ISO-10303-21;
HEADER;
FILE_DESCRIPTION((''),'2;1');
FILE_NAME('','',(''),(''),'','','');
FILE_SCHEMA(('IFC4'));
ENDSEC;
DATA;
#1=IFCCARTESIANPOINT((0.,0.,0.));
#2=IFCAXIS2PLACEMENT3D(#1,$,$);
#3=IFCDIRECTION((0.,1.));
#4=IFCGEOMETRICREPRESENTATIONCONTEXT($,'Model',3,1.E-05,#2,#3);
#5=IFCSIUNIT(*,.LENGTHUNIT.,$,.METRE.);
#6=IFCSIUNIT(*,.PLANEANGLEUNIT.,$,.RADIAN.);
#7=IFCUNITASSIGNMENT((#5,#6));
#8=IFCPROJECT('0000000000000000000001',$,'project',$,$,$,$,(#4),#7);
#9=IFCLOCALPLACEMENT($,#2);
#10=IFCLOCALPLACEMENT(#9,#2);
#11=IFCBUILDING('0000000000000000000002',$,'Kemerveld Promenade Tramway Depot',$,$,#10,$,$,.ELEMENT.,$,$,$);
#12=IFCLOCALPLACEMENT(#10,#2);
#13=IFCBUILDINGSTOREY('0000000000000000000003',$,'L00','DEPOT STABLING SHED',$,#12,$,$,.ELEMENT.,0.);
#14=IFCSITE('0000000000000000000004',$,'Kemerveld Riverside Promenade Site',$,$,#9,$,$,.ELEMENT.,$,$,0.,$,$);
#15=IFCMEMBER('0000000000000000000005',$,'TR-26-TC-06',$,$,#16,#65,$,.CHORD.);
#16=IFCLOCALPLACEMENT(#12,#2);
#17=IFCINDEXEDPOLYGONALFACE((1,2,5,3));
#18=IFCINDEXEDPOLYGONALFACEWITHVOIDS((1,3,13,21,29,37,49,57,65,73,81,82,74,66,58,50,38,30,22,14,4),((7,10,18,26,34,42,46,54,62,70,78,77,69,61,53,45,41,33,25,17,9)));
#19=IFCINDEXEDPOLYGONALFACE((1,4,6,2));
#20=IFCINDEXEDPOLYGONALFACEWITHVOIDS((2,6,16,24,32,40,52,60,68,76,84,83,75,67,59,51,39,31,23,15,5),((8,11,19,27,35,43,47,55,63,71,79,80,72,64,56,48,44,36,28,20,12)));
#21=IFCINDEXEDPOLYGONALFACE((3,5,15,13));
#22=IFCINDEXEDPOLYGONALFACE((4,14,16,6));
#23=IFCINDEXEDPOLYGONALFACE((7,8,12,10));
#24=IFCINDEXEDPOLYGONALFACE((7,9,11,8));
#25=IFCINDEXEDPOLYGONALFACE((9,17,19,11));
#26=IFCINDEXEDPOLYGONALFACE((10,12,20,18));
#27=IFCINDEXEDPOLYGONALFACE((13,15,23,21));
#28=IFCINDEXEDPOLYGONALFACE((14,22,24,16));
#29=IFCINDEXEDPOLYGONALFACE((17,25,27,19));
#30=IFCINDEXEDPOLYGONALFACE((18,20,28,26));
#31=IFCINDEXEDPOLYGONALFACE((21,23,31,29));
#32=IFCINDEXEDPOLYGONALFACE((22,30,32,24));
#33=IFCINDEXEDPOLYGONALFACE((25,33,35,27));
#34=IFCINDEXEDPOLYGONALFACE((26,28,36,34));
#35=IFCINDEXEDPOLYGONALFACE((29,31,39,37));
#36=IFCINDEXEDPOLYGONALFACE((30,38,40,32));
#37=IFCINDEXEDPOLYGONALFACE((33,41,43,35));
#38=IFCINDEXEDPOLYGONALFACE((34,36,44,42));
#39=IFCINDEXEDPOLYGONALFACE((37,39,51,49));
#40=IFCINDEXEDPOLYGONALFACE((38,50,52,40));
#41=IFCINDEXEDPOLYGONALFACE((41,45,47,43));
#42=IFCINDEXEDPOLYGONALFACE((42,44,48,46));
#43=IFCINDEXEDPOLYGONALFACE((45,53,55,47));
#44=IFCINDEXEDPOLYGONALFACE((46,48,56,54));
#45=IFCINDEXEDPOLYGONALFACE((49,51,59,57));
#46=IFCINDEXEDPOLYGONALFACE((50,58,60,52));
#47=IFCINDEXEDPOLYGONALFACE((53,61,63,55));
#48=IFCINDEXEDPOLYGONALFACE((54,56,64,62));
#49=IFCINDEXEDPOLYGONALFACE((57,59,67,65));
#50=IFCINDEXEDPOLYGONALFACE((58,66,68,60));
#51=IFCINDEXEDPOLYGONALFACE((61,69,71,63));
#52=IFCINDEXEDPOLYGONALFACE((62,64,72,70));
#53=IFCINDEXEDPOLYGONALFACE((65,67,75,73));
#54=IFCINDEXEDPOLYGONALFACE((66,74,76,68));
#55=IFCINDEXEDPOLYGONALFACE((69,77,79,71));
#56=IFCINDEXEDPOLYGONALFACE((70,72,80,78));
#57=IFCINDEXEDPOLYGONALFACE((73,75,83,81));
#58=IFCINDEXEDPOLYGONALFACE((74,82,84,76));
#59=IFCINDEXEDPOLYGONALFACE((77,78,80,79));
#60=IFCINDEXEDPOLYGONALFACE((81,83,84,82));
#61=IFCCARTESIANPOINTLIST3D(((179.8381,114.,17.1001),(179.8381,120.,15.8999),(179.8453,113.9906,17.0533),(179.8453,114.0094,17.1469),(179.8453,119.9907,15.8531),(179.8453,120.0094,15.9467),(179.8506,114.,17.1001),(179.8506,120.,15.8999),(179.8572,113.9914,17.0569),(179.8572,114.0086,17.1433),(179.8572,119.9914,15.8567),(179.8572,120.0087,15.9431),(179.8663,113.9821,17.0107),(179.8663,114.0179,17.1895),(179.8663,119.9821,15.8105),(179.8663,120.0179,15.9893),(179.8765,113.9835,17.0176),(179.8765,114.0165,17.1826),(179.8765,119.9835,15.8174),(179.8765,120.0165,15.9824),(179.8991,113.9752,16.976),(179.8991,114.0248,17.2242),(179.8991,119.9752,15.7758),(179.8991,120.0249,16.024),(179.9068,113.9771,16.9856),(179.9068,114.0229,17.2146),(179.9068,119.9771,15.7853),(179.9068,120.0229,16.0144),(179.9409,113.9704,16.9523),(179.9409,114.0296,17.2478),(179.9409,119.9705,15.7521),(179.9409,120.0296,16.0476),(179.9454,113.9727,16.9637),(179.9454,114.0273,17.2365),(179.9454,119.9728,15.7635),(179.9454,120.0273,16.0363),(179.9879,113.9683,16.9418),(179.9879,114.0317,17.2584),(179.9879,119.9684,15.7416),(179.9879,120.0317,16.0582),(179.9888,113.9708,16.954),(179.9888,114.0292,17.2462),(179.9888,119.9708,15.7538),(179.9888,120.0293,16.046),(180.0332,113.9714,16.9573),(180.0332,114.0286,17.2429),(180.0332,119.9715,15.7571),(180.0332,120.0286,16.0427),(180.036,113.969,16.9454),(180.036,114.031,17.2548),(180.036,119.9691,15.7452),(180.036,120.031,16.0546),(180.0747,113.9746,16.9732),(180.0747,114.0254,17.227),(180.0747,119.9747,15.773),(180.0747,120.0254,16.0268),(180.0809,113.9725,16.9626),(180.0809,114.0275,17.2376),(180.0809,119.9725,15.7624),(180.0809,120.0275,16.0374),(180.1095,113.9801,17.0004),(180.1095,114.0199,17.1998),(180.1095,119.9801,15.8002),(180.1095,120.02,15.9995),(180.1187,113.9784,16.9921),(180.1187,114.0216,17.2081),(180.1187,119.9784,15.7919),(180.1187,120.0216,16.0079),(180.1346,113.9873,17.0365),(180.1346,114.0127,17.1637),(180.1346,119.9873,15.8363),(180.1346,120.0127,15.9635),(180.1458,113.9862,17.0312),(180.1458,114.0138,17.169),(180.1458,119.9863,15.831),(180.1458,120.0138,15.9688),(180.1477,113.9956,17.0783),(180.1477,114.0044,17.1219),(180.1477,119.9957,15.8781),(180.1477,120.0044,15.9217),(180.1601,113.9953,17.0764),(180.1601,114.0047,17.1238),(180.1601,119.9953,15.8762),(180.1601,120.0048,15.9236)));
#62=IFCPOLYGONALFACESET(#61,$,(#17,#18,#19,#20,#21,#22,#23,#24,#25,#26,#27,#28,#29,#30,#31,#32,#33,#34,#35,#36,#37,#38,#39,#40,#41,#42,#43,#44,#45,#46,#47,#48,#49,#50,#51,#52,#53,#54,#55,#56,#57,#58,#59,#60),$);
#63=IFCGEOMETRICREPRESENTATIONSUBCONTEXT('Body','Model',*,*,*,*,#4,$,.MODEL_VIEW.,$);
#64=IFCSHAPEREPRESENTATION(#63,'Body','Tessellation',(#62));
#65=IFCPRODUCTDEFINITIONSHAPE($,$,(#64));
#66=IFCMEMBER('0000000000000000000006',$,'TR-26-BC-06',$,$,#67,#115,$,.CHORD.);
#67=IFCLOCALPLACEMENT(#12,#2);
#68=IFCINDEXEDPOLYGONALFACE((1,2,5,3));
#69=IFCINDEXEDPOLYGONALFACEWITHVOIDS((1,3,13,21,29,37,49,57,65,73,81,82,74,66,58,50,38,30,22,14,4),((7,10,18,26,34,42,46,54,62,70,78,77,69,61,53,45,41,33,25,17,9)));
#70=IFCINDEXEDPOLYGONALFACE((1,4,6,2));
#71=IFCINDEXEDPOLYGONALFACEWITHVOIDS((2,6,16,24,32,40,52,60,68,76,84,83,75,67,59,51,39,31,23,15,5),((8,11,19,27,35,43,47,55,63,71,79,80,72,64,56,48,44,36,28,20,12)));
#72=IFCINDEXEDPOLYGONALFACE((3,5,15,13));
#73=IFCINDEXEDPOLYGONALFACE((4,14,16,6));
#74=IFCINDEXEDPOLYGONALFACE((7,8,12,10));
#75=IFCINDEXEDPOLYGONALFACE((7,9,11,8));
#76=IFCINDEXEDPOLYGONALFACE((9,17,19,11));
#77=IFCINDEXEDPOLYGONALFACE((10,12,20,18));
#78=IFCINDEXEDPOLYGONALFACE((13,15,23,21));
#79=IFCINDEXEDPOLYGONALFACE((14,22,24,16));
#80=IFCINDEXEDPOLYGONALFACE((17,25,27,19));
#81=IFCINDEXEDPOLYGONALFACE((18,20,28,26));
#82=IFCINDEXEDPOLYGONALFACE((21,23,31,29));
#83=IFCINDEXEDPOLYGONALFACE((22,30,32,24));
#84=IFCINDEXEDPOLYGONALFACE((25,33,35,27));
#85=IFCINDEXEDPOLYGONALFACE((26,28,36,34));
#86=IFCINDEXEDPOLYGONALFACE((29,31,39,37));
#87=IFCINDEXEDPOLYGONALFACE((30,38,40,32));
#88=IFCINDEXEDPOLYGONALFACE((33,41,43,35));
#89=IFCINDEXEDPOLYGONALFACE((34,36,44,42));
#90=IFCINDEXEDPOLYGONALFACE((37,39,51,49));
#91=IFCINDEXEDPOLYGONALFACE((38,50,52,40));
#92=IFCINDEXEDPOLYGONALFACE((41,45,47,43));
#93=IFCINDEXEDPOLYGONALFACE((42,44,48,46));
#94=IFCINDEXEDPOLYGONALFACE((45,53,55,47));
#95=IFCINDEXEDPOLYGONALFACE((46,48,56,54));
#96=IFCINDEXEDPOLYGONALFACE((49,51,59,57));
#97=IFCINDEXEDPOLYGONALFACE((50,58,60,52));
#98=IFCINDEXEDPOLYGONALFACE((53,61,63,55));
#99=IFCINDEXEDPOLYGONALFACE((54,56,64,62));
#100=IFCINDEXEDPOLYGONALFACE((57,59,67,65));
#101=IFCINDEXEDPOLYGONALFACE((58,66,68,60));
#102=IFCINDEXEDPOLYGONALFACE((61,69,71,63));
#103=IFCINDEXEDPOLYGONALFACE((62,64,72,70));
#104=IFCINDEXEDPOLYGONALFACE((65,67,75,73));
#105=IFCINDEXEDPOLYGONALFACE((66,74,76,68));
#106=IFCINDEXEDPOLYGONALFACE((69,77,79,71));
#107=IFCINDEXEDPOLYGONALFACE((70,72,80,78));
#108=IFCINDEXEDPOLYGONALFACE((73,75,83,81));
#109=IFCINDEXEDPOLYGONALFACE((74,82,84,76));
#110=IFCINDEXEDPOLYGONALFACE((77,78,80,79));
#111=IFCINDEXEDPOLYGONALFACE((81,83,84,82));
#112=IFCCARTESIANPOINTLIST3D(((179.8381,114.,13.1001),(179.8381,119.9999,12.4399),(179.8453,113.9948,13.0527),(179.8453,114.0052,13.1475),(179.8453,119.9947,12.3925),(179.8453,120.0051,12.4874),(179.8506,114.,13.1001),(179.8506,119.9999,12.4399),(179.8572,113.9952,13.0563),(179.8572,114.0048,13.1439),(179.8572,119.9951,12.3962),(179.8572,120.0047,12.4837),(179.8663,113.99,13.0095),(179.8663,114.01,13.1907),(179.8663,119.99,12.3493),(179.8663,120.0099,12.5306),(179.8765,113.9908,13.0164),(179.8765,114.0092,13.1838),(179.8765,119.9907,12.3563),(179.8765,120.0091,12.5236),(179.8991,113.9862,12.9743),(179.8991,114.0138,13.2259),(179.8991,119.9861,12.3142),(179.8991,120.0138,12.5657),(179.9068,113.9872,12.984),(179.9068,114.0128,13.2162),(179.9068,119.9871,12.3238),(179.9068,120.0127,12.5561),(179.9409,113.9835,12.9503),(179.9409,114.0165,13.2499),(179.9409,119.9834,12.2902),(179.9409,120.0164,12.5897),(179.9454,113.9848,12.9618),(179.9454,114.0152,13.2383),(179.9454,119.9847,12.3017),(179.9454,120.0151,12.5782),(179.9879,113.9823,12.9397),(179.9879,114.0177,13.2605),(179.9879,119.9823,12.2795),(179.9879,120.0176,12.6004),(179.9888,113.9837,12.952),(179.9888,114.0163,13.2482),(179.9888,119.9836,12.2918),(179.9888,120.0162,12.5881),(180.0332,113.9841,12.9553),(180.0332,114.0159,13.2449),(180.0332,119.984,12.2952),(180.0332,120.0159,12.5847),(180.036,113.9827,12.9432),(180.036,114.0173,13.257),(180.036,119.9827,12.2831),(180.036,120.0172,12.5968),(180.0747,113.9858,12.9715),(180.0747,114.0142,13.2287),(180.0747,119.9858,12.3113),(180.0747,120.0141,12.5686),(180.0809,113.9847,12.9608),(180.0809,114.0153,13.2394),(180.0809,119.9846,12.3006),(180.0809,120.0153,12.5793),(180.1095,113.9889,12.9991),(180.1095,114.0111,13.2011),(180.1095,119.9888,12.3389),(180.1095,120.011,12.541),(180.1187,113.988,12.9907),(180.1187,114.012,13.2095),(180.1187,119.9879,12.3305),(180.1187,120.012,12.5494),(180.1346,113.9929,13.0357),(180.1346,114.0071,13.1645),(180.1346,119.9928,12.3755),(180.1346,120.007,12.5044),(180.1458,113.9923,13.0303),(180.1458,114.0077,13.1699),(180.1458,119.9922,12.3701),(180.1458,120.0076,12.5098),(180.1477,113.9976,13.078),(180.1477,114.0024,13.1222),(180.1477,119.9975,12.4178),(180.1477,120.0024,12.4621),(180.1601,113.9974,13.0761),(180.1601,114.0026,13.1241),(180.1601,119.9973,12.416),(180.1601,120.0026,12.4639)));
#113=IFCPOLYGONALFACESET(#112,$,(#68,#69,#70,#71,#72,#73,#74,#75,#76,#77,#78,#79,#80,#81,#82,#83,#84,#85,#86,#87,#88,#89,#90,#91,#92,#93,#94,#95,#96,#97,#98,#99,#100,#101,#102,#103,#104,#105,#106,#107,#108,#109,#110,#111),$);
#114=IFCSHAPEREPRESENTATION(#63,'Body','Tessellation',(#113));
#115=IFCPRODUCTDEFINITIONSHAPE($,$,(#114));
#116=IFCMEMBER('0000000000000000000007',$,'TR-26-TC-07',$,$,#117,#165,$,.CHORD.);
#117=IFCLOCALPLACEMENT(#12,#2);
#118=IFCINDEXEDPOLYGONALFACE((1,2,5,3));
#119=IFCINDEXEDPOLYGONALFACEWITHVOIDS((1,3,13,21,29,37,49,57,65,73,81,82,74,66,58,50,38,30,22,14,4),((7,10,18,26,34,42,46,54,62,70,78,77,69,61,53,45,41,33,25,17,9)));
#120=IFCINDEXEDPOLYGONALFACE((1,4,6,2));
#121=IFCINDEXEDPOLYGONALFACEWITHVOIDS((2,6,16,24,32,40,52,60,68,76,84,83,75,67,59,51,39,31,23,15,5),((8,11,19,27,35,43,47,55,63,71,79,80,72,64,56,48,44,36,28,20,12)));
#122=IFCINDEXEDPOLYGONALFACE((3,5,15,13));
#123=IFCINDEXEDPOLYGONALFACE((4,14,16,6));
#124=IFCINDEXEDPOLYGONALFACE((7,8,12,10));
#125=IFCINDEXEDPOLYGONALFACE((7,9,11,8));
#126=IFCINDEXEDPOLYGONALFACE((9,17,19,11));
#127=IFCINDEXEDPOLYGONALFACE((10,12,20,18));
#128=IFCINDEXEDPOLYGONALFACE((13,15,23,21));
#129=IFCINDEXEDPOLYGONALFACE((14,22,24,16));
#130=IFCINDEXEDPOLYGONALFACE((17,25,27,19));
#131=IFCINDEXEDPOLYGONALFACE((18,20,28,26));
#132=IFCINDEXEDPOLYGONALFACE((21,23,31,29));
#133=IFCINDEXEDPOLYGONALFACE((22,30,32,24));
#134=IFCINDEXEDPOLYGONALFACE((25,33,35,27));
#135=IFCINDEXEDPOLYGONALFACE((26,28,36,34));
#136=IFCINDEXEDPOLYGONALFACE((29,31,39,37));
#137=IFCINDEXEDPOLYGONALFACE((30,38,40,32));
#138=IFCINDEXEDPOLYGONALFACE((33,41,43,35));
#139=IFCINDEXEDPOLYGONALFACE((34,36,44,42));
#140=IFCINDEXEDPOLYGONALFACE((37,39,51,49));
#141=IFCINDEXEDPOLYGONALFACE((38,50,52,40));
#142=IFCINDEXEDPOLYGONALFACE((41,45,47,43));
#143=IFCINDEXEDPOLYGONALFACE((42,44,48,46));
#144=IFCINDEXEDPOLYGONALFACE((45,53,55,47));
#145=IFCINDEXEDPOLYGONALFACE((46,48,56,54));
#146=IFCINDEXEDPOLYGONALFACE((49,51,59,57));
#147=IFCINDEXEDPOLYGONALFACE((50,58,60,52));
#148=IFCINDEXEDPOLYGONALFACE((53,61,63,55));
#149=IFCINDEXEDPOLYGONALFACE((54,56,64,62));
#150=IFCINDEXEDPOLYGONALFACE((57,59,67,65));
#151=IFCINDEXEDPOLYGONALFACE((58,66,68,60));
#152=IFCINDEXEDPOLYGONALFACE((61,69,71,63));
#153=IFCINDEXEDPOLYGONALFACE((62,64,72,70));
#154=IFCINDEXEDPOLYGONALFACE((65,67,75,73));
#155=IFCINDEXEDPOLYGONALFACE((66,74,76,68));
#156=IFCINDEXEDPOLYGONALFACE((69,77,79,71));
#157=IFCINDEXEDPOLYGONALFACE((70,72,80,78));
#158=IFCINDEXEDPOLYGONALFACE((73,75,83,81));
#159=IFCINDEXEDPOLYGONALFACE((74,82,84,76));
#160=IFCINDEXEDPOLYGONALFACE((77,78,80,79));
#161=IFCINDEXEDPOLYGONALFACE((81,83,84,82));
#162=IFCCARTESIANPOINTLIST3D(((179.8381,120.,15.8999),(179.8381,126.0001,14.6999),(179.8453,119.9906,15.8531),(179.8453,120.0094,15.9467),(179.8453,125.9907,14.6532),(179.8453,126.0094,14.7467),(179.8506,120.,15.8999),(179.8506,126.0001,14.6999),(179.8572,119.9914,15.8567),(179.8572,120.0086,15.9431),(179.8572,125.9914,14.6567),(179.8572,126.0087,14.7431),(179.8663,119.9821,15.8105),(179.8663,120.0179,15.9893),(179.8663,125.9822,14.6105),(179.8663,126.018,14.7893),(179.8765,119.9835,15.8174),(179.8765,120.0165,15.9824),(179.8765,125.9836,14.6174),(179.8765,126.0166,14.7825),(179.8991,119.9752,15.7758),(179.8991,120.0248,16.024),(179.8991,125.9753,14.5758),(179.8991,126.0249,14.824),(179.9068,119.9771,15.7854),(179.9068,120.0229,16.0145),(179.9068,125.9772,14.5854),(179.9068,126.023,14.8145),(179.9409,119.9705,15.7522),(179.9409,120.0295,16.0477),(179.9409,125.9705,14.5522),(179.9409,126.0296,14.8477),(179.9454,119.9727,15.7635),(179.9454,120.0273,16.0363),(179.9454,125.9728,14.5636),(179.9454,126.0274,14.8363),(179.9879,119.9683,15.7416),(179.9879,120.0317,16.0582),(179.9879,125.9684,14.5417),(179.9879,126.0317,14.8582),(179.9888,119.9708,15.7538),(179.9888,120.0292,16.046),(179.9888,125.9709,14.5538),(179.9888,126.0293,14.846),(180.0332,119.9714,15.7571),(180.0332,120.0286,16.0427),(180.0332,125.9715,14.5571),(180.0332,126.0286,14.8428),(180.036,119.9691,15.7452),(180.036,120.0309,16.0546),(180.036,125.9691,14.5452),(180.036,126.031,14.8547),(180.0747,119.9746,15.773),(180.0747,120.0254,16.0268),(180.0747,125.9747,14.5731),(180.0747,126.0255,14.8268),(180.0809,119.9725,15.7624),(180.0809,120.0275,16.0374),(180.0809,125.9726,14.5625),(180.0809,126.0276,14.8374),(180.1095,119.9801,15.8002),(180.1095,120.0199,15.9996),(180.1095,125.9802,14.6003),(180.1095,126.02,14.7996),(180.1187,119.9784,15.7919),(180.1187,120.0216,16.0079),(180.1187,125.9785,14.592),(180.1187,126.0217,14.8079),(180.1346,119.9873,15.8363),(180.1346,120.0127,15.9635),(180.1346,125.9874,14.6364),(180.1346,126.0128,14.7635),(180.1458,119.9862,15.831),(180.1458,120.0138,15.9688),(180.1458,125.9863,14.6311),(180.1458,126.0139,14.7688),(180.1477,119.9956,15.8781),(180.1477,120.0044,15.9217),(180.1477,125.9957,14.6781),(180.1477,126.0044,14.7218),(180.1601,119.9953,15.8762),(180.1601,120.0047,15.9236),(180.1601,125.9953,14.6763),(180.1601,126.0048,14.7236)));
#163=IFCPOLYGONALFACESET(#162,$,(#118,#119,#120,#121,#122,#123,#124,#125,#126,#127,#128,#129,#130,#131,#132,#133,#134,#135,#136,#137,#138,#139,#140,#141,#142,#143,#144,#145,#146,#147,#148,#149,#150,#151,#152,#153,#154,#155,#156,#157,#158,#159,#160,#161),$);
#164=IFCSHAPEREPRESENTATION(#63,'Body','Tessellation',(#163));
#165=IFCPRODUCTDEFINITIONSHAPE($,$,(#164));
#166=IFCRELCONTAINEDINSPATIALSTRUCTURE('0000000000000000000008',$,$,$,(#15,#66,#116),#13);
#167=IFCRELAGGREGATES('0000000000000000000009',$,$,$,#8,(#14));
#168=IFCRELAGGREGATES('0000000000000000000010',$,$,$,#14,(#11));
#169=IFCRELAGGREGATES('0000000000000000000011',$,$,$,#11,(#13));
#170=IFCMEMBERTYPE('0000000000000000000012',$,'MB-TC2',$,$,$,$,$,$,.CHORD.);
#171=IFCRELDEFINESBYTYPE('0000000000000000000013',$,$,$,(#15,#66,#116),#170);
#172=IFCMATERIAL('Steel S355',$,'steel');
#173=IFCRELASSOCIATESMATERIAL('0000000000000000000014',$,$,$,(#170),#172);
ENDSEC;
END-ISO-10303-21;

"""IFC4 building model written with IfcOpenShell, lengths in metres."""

from ifc_helpers import new_model, si_unit, direction, frame, origin, origin_2d, place, context, subcontext, project, spatial, hollow_circle, extrude, material, material_profile, profile_set, type_object, element, save


model = new_model("IFC4")

# Units and contexts
model_context = context("Model", 3, precision=1e-05, world=origin(), true_north=direction((0.0, 1.0)))
body_context = subcontext(model_context, "Body", "Model", "MODEL_VIEW")
ifc_project = project(units=[si_unit("LENGTHUNIT", "METRE"), si_unit("PLANEANGLEUNIT", "RADIAN")], contexts=[model_context])

# Site, building, storey
site_placement = place(None, origin())
site = spatial("IfcSite", under=ifc_project, at=site_placement, Name="Kemerveld Riverside Promenade Site", CompositionType="ELEMENT", RefElevation=0.0)
building_placement = place(site_placement, origin())
building = spatial("IfcBuilding", under=site, at=building_placement, Name="Kemerveld Promenade Tramway Depot", CompositionType="ELEMENT")
storey_placement = place(building_placement, origin())
storey = spatial("IfcBuildingStorey", under=building, at=storey_placement, Name="L00", Description="DEPOT STABLING SHED", CompositionType="ELEMENT", Elevation=0.0)

# Members
ifc_material = material(Name="Steel S355", Category="steel")
ifc_material_profile_1 = material_profile(ifc_material, hollow_circle(Radius=0.1619, WallThickness=0.0125, at=origin_2d()), Name="323.9x12.5 CHS")
ifc_profile_set_1 = profile_set([ifc_material_profile_1], Name="Steel S355")
member_type_1 = type_object("IfcMemberType", Name="MB-TC2", PredefinedType="CHORD", material=ifc_profile_set_1)
for number, where, z_axis, x_axis, name in (
    (1, (180.0, 114.0, 17.1001), (0.0, 0.980575, -0.196147), (-1.0, 0.0, 0.0), "TR-26-TC-06"),
):
    element("IfcMember", number, at=place(storey_placement, frame(where, z_axis=z_axis, x_axis=x_axis)), inside=storey, type_object=member_type_1, Name=name, PredefinedType="CHORD", context=body_context, shape_type="SweptSolid", body=[
        extrude(hollow_circle(Radius=0.1619, WallThickness=0.0125, at=origin_2d()), origin(), (0.0, 0.0, 1.0), 6.1189),
    ])
member_1_placement = place(storey_placement, frame((180.0, 114.0, 13.1001), z_axis=(0.0, 0.994002, -0.109366), x_axis=(-1.0, 0.0, 0.0)))
element("IfcMember", 2, at=member_1_placement, inside=storey, type_object=member_type_1, Name="TR-26-BC-06", PredefinedType="CHORD", context=body_context, shape_type="SweptSolid", body=[
    extrude(hollow_circle(Radius=0.1619, WallThickness=0.0125, at=origin_2d()), origin(), (0.0, 0.0, 1.0), 6.0361),
])
for number, where, z_axis, x_axis, name in (
    (3, (180.0, 120.0, 15.8999), (0.0, 0.980582, -0.196108), (-1.0, 0.0, 0.0), "TR-26-TC-07"),
):
    element("IfcMember", number, at=place(storey_placement, frame(where, z_axis=z_axis, x_axis=x_axis)), inside=storey, type_object=member_type_1, Name=name, PredefinedType="CHORD", context=body_context, shape_type="SweptSolid", body=[
        extrude(hollow_circle(Radius=0.1619, WallThickness=0.0125, at=origin_2d()), origin(), (0.0, 0.0, 1.0), 6.1189),
    ])

save(model, "model.ifc")
